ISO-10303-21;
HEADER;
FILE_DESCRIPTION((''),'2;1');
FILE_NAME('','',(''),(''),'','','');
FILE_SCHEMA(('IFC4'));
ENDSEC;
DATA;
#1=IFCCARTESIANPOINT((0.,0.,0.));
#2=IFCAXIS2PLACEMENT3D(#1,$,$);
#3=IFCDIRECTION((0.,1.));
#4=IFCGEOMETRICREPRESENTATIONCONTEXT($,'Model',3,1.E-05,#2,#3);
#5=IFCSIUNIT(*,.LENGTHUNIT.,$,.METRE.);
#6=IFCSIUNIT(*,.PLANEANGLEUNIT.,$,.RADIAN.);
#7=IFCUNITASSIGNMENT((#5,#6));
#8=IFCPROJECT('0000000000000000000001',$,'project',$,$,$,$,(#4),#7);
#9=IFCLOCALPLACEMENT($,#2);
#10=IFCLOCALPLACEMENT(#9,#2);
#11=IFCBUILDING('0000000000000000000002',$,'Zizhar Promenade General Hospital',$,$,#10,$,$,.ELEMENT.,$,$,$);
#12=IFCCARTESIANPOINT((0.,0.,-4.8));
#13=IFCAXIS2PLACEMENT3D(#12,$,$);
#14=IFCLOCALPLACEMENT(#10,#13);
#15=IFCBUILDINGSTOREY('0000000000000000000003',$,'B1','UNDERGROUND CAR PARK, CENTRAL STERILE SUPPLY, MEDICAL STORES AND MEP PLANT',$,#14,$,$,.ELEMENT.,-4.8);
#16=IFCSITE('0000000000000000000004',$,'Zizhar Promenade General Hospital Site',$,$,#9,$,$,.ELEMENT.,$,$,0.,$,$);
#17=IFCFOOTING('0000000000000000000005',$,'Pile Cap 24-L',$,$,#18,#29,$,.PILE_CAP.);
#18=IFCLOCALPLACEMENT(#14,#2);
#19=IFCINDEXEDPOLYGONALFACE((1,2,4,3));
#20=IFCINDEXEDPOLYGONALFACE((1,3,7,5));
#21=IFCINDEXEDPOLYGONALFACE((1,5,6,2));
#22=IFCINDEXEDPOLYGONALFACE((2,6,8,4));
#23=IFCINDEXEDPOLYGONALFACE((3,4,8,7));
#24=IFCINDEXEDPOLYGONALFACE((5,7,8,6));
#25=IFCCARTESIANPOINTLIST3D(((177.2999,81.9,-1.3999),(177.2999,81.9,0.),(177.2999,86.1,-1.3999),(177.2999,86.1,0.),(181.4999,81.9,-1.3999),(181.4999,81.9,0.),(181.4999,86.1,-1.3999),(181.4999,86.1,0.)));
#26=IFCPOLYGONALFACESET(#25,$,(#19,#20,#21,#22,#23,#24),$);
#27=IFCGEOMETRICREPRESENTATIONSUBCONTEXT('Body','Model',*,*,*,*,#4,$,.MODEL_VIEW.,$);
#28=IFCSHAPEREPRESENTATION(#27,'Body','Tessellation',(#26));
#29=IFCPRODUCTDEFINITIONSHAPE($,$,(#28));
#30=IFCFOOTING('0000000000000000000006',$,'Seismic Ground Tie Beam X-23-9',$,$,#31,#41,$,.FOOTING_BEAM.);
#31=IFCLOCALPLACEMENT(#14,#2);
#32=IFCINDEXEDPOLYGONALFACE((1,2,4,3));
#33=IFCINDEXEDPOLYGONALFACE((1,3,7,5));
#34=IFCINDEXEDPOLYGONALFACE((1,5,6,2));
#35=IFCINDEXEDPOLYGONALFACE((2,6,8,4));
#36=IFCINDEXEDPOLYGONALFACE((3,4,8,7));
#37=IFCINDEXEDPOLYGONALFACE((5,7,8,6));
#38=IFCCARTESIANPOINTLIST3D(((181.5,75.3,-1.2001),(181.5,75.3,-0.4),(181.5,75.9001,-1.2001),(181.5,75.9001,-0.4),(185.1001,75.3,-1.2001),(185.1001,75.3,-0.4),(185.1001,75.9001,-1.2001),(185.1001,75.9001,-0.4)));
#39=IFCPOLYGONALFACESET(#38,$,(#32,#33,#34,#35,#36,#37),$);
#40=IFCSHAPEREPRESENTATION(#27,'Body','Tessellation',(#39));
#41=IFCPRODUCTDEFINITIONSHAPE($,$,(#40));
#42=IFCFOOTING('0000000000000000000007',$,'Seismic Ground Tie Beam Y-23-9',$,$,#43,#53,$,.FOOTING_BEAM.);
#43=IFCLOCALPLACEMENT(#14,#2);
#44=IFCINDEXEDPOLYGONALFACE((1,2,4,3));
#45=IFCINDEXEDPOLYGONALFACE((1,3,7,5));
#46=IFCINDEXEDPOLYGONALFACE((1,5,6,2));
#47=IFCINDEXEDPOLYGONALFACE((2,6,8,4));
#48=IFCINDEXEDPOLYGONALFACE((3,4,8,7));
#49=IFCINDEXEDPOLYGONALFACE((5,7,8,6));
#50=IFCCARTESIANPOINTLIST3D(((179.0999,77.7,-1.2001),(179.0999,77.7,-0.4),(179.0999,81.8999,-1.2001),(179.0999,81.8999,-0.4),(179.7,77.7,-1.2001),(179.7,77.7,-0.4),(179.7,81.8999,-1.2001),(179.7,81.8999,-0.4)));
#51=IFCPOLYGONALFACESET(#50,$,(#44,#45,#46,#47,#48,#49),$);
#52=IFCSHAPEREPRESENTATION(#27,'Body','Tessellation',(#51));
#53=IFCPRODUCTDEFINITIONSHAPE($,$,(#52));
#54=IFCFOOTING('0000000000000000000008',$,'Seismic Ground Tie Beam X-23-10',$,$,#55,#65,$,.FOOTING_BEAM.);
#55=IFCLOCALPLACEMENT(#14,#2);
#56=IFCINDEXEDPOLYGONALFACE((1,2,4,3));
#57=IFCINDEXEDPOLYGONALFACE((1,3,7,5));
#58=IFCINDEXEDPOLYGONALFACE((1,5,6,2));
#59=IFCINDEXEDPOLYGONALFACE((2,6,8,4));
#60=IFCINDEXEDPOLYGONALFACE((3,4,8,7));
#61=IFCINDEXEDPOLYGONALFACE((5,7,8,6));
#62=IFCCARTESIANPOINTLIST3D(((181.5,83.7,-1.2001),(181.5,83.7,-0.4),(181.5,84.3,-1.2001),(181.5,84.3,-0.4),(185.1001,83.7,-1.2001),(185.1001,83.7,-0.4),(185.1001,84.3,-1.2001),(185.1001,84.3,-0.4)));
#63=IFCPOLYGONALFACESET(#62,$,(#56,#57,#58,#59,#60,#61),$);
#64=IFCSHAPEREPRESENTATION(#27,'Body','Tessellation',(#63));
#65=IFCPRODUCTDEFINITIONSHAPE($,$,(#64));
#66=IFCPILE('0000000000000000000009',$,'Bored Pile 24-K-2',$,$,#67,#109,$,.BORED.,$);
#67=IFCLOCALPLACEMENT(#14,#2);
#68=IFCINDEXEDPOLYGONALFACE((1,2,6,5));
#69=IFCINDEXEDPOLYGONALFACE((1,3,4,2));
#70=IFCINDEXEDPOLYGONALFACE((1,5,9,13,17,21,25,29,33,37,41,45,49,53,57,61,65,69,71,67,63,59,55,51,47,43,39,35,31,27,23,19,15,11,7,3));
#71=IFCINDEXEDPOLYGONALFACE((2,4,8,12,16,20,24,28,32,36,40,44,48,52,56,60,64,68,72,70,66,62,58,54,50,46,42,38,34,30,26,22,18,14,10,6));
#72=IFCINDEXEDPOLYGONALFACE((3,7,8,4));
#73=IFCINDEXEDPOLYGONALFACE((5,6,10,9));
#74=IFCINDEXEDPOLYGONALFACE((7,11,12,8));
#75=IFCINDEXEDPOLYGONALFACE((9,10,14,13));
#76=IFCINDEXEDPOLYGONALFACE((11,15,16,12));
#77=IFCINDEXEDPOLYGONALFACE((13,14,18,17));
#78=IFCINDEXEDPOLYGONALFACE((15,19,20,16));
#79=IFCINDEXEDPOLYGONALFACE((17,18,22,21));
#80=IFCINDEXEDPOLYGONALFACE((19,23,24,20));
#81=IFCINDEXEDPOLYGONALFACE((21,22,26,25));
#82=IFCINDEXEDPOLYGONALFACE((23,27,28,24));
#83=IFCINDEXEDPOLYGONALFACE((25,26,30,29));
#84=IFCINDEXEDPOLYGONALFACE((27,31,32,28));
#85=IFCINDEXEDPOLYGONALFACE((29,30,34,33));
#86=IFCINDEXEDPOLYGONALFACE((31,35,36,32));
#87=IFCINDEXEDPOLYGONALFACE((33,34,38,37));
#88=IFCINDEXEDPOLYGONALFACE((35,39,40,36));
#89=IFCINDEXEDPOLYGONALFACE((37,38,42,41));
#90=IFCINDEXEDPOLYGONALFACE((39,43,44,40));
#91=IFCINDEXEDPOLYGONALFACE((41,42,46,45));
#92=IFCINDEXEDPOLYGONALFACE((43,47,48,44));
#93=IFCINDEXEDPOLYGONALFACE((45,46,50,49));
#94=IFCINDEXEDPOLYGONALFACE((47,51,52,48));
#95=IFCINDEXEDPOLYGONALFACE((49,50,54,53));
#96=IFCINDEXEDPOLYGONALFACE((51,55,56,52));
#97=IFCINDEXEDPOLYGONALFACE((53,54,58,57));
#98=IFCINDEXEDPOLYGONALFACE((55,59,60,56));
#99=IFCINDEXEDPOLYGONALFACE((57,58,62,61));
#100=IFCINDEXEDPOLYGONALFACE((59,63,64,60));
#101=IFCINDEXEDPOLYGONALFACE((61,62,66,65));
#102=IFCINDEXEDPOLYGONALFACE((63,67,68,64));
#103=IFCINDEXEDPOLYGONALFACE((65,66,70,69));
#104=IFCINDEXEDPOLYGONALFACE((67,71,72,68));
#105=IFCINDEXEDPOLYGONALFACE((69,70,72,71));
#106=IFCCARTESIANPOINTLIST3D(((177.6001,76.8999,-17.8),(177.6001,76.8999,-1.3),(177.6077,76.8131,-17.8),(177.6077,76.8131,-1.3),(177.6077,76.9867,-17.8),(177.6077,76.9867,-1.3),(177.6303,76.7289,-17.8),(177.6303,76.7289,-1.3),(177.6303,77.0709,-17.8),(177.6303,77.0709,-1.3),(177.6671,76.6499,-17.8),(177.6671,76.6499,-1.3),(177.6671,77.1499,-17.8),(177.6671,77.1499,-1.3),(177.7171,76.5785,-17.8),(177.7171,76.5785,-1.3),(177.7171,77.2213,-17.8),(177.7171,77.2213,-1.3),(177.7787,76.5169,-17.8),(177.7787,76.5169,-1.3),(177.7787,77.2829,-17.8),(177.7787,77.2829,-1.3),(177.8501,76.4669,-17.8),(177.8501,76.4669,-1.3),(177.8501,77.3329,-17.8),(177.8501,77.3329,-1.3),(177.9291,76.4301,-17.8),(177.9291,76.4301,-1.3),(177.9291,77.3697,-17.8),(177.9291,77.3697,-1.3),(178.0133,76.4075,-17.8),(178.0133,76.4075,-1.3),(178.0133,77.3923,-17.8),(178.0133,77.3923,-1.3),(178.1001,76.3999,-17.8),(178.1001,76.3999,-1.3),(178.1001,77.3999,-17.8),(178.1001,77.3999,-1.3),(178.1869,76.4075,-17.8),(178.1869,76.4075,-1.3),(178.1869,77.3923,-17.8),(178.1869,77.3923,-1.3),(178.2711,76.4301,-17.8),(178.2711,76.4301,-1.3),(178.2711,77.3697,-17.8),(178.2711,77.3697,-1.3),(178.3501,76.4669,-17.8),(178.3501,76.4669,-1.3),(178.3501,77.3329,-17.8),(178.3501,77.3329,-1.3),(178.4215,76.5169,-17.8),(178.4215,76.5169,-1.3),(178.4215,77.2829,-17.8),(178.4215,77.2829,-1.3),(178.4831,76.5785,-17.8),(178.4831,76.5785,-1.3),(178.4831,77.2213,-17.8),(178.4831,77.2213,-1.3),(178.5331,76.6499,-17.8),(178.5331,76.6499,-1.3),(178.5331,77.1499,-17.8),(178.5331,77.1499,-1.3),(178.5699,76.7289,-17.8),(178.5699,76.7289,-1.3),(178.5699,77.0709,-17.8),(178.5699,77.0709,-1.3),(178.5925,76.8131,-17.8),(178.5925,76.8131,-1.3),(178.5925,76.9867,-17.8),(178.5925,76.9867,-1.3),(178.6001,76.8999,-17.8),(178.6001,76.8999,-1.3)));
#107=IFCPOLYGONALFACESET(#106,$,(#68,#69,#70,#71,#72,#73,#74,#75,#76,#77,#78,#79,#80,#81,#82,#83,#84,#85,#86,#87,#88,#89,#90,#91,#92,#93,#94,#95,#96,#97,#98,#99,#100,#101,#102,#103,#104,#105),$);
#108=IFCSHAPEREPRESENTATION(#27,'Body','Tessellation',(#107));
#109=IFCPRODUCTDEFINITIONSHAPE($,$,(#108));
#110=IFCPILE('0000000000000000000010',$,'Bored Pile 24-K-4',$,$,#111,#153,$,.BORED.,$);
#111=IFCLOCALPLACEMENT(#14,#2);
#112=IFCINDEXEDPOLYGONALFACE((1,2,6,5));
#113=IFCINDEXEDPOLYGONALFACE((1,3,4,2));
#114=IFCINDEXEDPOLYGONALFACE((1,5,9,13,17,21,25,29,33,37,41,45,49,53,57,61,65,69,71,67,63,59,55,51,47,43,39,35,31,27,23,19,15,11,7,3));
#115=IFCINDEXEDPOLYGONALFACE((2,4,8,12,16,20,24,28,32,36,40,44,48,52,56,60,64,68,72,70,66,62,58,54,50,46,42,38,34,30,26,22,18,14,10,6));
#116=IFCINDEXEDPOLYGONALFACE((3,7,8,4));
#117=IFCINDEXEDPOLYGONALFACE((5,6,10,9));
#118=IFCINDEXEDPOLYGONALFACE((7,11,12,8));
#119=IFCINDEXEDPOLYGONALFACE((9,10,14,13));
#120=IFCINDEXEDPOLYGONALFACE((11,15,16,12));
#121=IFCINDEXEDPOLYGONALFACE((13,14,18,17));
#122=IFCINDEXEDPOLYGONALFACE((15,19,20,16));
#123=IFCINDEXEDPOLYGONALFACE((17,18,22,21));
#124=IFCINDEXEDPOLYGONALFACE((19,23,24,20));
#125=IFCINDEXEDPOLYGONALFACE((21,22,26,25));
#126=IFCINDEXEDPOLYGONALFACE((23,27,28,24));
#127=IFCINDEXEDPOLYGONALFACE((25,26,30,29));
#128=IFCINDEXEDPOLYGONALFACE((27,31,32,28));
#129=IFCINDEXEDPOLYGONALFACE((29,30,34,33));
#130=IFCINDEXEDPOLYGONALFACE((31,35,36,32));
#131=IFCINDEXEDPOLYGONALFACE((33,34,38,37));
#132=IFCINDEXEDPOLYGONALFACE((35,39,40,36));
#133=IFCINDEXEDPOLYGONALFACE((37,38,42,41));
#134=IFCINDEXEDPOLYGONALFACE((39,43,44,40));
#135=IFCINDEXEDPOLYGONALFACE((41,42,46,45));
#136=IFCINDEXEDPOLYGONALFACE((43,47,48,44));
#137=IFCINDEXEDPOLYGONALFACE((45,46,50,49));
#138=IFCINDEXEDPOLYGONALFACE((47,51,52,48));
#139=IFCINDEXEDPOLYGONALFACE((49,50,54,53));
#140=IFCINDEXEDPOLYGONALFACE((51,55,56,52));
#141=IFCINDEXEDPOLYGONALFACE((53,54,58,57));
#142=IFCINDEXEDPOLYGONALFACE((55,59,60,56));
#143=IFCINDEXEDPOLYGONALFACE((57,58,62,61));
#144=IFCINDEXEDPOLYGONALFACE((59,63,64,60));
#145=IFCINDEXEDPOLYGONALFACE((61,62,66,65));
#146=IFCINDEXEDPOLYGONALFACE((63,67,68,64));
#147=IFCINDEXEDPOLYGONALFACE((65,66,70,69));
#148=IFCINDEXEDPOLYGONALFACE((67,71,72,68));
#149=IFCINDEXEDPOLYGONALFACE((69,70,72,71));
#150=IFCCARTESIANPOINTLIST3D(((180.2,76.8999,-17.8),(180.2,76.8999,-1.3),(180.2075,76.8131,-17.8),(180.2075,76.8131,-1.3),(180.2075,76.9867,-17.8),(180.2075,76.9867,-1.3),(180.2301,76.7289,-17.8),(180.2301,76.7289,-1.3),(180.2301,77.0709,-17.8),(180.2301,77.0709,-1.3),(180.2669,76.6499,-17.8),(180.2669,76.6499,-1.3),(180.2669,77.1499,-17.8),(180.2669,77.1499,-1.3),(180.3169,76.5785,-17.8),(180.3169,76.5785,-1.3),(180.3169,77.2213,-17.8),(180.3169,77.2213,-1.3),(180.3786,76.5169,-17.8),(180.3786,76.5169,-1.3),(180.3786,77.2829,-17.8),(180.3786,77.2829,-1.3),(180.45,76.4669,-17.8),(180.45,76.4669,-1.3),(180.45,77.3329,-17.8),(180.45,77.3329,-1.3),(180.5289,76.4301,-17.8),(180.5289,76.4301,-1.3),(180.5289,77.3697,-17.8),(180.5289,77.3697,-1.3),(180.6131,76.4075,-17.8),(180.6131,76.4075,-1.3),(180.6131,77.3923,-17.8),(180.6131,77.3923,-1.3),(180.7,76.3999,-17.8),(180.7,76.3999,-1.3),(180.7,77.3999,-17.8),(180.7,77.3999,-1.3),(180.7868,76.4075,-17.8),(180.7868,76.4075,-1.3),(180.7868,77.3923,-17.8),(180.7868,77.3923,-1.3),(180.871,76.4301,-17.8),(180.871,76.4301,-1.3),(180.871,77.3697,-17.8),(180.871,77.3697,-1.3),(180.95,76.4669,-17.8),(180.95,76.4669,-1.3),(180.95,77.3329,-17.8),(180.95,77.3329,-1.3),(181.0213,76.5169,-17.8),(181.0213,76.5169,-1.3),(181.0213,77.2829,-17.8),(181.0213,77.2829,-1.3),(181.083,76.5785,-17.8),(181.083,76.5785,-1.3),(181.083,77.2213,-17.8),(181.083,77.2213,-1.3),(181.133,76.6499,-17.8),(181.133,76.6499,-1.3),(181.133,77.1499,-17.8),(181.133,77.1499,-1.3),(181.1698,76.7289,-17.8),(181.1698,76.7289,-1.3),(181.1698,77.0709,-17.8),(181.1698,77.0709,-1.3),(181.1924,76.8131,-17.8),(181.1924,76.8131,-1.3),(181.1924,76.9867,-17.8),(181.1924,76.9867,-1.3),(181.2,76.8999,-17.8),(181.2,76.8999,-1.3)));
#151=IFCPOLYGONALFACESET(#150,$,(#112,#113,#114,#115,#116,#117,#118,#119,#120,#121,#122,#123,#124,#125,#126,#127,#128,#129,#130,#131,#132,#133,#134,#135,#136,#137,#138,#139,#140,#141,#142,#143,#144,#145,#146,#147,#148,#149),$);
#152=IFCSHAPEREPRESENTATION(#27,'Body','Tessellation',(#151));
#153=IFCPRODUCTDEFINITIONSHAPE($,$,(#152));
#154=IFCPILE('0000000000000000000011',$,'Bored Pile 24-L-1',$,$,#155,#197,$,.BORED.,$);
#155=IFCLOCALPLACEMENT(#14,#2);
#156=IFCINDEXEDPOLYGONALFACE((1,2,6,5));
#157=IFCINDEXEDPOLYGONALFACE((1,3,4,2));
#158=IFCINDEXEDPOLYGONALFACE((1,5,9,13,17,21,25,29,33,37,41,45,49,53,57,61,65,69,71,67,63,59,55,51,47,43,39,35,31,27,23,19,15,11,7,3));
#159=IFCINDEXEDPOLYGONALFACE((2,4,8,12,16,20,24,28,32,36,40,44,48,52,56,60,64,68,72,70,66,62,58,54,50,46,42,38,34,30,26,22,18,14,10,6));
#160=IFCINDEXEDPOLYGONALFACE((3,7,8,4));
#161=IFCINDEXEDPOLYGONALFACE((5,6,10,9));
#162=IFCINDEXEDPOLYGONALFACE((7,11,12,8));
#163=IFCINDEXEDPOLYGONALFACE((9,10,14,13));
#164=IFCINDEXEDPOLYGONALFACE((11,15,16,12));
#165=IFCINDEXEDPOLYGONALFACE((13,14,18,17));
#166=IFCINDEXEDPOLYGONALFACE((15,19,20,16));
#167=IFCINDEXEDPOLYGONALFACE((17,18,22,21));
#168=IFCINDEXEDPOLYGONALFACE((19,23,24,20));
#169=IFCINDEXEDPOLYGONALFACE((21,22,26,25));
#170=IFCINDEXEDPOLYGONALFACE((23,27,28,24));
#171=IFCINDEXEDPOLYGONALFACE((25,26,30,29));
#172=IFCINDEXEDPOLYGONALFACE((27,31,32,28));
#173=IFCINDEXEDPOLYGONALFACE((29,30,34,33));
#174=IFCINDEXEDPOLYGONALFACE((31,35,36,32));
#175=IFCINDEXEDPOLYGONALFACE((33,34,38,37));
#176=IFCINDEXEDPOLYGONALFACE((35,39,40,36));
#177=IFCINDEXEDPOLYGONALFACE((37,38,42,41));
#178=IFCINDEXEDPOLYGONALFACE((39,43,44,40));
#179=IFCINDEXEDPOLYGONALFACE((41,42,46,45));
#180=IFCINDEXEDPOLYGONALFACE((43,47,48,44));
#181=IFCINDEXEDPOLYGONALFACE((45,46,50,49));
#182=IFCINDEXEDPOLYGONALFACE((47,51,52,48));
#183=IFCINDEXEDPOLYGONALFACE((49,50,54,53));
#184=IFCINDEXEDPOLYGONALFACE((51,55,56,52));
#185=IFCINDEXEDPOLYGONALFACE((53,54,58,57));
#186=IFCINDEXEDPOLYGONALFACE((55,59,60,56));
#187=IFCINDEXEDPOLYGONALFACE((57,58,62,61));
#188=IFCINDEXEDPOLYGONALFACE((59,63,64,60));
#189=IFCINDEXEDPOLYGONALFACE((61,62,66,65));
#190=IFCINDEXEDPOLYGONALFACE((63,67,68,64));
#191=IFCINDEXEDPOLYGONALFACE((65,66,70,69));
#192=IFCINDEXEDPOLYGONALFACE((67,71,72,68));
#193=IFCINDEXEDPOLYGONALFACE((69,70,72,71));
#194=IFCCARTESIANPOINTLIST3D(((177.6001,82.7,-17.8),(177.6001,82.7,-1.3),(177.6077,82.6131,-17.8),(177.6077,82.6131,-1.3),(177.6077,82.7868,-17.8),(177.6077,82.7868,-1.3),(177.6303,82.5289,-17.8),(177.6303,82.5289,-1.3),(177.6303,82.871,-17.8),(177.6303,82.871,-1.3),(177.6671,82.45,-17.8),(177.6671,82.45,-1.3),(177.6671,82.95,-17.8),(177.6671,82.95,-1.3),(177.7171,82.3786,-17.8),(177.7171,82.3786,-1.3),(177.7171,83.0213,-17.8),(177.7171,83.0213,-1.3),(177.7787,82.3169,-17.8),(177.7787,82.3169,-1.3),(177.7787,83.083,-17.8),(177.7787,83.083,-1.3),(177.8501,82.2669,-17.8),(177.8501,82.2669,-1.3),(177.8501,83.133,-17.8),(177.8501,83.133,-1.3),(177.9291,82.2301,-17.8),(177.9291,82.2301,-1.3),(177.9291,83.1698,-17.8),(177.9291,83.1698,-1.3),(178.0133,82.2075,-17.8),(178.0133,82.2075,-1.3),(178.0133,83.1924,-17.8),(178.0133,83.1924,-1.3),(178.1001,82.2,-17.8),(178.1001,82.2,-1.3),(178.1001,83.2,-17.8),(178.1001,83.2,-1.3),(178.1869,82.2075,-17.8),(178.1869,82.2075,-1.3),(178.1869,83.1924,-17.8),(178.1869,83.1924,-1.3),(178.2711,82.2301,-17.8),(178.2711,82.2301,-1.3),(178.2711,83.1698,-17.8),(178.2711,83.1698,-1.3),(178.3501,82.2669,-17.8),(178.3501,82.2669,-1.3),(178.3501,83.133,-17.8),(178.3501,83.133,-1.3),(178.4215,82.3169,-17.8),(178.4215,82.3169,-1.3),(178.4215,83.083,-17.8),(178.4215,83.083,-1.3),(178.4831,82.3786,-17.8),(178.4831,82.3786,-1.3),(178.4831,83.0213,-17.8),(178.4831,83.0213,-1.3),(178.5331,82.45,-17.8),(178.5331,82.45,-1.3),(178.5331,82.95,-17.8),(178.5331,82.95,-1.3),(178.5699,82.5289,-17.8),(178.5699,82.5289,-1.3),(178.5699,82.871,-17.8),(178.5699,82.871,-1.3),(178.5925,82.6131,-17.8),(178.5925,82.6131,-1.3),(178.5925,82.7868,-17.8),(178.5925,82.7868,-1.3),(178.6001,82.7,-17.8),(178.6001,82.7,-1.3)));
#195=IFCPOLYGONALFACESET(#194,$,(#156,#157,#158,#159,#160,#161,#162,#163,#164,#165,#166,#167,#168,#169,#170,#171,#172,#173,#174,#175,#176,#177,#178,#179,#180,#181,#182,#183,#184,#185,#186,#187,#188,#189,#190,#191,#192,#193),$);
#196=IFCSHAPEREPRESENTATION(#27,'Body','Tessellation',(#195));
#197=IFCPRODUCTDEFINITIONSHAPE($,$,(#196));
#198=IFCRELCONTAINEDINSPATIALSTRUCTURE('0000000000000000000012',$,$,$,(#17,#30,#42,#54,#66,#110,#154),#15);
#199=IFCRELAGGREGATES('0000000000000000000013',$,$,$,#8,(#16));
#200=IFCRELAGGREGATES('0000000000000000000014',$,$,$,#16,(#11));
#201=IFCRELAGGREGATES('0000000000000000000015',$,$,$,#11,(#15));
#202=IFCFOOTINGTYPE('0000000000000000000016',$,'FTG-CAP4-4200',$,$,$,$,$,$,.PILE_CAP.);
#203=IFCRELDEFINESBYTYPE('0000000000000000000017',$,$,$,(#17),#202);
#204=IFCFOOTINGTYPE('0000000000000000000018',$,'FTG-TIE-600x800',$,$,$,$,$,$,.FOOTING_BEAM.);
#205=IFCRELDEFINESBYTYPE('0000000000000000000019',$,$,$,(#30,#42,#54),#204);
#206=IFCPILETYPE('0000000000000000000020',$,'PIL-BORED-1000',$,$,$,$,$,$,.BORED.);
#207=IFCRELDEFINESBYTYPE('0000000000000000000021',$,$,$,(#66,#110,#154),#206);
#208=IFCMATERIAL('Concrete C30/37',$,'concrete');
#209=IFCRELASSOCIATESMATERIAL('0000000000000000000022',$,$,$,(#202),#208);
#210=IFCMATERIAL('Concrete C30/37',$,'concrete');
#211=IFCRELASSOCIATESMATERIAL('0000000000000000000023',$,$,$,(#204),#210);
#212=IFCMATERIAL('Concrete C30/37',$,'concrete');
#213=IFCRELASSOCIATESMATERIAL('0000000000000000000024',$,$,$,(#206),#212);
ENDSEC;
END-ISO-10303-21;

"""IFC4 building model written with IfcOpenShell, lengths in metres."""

from ifc_helpers import new_model, si_unit, direction, frame, origin, origin_2d, place, context, subcontext, project, spatial, rectangle, circle, extrude, material, material_profile, profile_set, type_object, element, save


model = new_model("IFC4")

# Units and contexts
model_context = context("Model", 3, precision=1e-05, world=origin(), true_north=direction((0.0, 1.0)))
body_context = subcontext(model_context, "Body", "Model", "MODEL_VIEW")
ifc_project = project(units=[si_unit("LENGTHUNIT", "METRE"), si_unit("PLANEANGLEUNIT", "RADIAN")], contexts=[model_context])

# Site, building, storey
site_placement = place(None, origin())
site = spatial("IfcSite", under=ifc_project, at=site_placement, Name="Zizhar Promenade General Hospital Site", CompositionType="ELEMENT", RefElevation=0.0)
building_placement = place(site_placement, origin())
building = spatial("IfcBuilding", under=site, at=building_placement, Name="Zizhar Promenade General Hospital", CompositionType="ELEMENT")
storey_placement = place(building_placement, frame((0.0, 0.0, -4.8)))
storey = spatial("IfcBuildingStorey", under=building, at=storey_placement, Name="B1", Description="UNDERGROUND CAR PARK, CENTRAL STERILE SUPPLY, MEDICAL STORES AND MEP PLANT", CompositionType="ELEMENT", Elevation=-4.8)

# Footings
ifc_material_1 = material(Name="Concrete C30/37", Category="concrete")
footing_type_1 = type_object("IfcFootingType", Name="FTG-CAP4-4200", PredefinedType="PILE_CAP", material=ifc_material_1)
footing_1_placement = place(storey_placement, frame((179.3999, 84.0, -1.3999), z_axis=(0.0, 0.0, 1.0), x_axis=(1.0, 0.0, 0.0)))
element("IfcFooting", 1, at=footing_1_placement, inside=storey, type_object=footing_type_1, Name="Pile Cap 24-L", PredefinedType="PILE_CAP", context=body_context, shape_type="SweptSolid", body=[
    extrude(rectangle(XDim=4.2, YDim=4.2, at=origin_2d()), origin(), (0.0, 0.0, 1.0), 1.3999),
])
ifc_material_2 = material(Name="Concrete C30/37", Category="concrete")
ifc_material_profile_1 = material_profile(ifc_material_2, rectangle(XDim=0.6001, YDim=0.8, at=origin_2d()))
ifc_profile_set_1 = profile_set([ifc_material_profile_1], Name="Concrete C30/37")
footing_type_2 = type_object("IfcFootingType", Name="FTG-TIE-600x800", PredefinedType="FOOTING_BEAM", material=ifc_profile_set_1)
footing_2_placement = place(storey_placement, frame((181.5, 75.6001, -0.8), z_axis=(1.0, 0.0, 0.0), x_axis=(0.0, 1.0, 0.0)))
element("IfcFooting", 2, at=footing_2_placement, inside=storey, type_object=footing_type_2, Name="Seismic Ground Tie Beam X-23-9", PredefinedType="FOOTING_BEAM", context=body_context, shape_type="SweptSolid", body=[
    extrude(rectangle(XDim=0.6001, YDim=0.8, at=origin_2d()), origin(), (0.0, 0.0, 1.0), 3.6001),
])
footing_3_placement = place(storey_placement, frame((179.3999, 77.7, -0.8), z_axis=(0.0, 1.0, 0.0), x_axis=(-1.0, 0.0, 0.0)))
element("IfcFooting", 3, at=footing_3_placement, inside=storey, type_object=footing_type_2, Name="Seismic Ground Tie Beam Y-23-9", PredefinedType="FOOTING_BEAM", context=body_context, shape_type="SweptSolid", body=[
    extrude(rectangle(XDim=0.6001, YDim=0.8, at=origin_2d()), origin(), (0.0, 0.0, 1.0), 4.2),
])
footing_4_placement = place(storey_placement, frame((181.5, 84.0, -0.8), z_axis=(1.0, 0.0, 0.0), x_axis=(0.0, 1.0, 0.0)))
element("IfcFooting", 4, at=footing_4_placement, inside=storey, type_object=footing_type_2, Name="Seismic Ground Tie Beam X-23-10", PredefinedType="FOOTING_BEAM", context=body_context, shape_type="SweptSolid", body=[
    extrude(rectangle(XDim=0.6001, YDim=0.8, at=origin_2d()), origin(), (0.0, 0.0, 1.0), 3.6001),
])

# Piles
ifc_material_3 = material(Name="Concrete C30/37", Category="concrete")
ifc_material_profile_2 = material_profile(ifc_material_3, circle(Radius=0.5, at=origin_2d()))
ifc_profile_set_2 = profile_set([ifc_material_profile_2], Name="Concrete C30/37")
pile_type = type_object("IfcPileType", Name="PIL-BORED-1000", PredefinedType="BORED", material=ifc_profile_set_2)
for number, where, z_axis, x_axis, name in (
    (5, (178.1001, 76.8999, -1.3), (0.0, 0.0, -1.0), (1.0, 0.0, 0.0), "Bored Pile 24-K-2"),
    (6, (180.7, 76.8999, -1.3), (0.0, 0.0, -1.0), (1.0, 0.0, 0.0), "Bored Pile 24-K-4"),
    (7, (178.1001, 82.7, -1.3), (0.0, 0.0, -1.0), (1.0, 0.0, 0.0), "Bored Pile 24-L-1"),
):
    element("IfcPile", number, at=place(storey_placement, frame(where, z_axis=z_axis, x_axis=x_axis)), inside=storey, type_object=pile_type, Name=name, PredefinedType="BORED", context=body_context, shape_type="SweptSolid", body=[
        extrude(circle(Radius=0.5, at=origin_2d()), origin(), (0.0, 0.0, 1.0), 16.5),
    ])

save(model, "model.ifc")
